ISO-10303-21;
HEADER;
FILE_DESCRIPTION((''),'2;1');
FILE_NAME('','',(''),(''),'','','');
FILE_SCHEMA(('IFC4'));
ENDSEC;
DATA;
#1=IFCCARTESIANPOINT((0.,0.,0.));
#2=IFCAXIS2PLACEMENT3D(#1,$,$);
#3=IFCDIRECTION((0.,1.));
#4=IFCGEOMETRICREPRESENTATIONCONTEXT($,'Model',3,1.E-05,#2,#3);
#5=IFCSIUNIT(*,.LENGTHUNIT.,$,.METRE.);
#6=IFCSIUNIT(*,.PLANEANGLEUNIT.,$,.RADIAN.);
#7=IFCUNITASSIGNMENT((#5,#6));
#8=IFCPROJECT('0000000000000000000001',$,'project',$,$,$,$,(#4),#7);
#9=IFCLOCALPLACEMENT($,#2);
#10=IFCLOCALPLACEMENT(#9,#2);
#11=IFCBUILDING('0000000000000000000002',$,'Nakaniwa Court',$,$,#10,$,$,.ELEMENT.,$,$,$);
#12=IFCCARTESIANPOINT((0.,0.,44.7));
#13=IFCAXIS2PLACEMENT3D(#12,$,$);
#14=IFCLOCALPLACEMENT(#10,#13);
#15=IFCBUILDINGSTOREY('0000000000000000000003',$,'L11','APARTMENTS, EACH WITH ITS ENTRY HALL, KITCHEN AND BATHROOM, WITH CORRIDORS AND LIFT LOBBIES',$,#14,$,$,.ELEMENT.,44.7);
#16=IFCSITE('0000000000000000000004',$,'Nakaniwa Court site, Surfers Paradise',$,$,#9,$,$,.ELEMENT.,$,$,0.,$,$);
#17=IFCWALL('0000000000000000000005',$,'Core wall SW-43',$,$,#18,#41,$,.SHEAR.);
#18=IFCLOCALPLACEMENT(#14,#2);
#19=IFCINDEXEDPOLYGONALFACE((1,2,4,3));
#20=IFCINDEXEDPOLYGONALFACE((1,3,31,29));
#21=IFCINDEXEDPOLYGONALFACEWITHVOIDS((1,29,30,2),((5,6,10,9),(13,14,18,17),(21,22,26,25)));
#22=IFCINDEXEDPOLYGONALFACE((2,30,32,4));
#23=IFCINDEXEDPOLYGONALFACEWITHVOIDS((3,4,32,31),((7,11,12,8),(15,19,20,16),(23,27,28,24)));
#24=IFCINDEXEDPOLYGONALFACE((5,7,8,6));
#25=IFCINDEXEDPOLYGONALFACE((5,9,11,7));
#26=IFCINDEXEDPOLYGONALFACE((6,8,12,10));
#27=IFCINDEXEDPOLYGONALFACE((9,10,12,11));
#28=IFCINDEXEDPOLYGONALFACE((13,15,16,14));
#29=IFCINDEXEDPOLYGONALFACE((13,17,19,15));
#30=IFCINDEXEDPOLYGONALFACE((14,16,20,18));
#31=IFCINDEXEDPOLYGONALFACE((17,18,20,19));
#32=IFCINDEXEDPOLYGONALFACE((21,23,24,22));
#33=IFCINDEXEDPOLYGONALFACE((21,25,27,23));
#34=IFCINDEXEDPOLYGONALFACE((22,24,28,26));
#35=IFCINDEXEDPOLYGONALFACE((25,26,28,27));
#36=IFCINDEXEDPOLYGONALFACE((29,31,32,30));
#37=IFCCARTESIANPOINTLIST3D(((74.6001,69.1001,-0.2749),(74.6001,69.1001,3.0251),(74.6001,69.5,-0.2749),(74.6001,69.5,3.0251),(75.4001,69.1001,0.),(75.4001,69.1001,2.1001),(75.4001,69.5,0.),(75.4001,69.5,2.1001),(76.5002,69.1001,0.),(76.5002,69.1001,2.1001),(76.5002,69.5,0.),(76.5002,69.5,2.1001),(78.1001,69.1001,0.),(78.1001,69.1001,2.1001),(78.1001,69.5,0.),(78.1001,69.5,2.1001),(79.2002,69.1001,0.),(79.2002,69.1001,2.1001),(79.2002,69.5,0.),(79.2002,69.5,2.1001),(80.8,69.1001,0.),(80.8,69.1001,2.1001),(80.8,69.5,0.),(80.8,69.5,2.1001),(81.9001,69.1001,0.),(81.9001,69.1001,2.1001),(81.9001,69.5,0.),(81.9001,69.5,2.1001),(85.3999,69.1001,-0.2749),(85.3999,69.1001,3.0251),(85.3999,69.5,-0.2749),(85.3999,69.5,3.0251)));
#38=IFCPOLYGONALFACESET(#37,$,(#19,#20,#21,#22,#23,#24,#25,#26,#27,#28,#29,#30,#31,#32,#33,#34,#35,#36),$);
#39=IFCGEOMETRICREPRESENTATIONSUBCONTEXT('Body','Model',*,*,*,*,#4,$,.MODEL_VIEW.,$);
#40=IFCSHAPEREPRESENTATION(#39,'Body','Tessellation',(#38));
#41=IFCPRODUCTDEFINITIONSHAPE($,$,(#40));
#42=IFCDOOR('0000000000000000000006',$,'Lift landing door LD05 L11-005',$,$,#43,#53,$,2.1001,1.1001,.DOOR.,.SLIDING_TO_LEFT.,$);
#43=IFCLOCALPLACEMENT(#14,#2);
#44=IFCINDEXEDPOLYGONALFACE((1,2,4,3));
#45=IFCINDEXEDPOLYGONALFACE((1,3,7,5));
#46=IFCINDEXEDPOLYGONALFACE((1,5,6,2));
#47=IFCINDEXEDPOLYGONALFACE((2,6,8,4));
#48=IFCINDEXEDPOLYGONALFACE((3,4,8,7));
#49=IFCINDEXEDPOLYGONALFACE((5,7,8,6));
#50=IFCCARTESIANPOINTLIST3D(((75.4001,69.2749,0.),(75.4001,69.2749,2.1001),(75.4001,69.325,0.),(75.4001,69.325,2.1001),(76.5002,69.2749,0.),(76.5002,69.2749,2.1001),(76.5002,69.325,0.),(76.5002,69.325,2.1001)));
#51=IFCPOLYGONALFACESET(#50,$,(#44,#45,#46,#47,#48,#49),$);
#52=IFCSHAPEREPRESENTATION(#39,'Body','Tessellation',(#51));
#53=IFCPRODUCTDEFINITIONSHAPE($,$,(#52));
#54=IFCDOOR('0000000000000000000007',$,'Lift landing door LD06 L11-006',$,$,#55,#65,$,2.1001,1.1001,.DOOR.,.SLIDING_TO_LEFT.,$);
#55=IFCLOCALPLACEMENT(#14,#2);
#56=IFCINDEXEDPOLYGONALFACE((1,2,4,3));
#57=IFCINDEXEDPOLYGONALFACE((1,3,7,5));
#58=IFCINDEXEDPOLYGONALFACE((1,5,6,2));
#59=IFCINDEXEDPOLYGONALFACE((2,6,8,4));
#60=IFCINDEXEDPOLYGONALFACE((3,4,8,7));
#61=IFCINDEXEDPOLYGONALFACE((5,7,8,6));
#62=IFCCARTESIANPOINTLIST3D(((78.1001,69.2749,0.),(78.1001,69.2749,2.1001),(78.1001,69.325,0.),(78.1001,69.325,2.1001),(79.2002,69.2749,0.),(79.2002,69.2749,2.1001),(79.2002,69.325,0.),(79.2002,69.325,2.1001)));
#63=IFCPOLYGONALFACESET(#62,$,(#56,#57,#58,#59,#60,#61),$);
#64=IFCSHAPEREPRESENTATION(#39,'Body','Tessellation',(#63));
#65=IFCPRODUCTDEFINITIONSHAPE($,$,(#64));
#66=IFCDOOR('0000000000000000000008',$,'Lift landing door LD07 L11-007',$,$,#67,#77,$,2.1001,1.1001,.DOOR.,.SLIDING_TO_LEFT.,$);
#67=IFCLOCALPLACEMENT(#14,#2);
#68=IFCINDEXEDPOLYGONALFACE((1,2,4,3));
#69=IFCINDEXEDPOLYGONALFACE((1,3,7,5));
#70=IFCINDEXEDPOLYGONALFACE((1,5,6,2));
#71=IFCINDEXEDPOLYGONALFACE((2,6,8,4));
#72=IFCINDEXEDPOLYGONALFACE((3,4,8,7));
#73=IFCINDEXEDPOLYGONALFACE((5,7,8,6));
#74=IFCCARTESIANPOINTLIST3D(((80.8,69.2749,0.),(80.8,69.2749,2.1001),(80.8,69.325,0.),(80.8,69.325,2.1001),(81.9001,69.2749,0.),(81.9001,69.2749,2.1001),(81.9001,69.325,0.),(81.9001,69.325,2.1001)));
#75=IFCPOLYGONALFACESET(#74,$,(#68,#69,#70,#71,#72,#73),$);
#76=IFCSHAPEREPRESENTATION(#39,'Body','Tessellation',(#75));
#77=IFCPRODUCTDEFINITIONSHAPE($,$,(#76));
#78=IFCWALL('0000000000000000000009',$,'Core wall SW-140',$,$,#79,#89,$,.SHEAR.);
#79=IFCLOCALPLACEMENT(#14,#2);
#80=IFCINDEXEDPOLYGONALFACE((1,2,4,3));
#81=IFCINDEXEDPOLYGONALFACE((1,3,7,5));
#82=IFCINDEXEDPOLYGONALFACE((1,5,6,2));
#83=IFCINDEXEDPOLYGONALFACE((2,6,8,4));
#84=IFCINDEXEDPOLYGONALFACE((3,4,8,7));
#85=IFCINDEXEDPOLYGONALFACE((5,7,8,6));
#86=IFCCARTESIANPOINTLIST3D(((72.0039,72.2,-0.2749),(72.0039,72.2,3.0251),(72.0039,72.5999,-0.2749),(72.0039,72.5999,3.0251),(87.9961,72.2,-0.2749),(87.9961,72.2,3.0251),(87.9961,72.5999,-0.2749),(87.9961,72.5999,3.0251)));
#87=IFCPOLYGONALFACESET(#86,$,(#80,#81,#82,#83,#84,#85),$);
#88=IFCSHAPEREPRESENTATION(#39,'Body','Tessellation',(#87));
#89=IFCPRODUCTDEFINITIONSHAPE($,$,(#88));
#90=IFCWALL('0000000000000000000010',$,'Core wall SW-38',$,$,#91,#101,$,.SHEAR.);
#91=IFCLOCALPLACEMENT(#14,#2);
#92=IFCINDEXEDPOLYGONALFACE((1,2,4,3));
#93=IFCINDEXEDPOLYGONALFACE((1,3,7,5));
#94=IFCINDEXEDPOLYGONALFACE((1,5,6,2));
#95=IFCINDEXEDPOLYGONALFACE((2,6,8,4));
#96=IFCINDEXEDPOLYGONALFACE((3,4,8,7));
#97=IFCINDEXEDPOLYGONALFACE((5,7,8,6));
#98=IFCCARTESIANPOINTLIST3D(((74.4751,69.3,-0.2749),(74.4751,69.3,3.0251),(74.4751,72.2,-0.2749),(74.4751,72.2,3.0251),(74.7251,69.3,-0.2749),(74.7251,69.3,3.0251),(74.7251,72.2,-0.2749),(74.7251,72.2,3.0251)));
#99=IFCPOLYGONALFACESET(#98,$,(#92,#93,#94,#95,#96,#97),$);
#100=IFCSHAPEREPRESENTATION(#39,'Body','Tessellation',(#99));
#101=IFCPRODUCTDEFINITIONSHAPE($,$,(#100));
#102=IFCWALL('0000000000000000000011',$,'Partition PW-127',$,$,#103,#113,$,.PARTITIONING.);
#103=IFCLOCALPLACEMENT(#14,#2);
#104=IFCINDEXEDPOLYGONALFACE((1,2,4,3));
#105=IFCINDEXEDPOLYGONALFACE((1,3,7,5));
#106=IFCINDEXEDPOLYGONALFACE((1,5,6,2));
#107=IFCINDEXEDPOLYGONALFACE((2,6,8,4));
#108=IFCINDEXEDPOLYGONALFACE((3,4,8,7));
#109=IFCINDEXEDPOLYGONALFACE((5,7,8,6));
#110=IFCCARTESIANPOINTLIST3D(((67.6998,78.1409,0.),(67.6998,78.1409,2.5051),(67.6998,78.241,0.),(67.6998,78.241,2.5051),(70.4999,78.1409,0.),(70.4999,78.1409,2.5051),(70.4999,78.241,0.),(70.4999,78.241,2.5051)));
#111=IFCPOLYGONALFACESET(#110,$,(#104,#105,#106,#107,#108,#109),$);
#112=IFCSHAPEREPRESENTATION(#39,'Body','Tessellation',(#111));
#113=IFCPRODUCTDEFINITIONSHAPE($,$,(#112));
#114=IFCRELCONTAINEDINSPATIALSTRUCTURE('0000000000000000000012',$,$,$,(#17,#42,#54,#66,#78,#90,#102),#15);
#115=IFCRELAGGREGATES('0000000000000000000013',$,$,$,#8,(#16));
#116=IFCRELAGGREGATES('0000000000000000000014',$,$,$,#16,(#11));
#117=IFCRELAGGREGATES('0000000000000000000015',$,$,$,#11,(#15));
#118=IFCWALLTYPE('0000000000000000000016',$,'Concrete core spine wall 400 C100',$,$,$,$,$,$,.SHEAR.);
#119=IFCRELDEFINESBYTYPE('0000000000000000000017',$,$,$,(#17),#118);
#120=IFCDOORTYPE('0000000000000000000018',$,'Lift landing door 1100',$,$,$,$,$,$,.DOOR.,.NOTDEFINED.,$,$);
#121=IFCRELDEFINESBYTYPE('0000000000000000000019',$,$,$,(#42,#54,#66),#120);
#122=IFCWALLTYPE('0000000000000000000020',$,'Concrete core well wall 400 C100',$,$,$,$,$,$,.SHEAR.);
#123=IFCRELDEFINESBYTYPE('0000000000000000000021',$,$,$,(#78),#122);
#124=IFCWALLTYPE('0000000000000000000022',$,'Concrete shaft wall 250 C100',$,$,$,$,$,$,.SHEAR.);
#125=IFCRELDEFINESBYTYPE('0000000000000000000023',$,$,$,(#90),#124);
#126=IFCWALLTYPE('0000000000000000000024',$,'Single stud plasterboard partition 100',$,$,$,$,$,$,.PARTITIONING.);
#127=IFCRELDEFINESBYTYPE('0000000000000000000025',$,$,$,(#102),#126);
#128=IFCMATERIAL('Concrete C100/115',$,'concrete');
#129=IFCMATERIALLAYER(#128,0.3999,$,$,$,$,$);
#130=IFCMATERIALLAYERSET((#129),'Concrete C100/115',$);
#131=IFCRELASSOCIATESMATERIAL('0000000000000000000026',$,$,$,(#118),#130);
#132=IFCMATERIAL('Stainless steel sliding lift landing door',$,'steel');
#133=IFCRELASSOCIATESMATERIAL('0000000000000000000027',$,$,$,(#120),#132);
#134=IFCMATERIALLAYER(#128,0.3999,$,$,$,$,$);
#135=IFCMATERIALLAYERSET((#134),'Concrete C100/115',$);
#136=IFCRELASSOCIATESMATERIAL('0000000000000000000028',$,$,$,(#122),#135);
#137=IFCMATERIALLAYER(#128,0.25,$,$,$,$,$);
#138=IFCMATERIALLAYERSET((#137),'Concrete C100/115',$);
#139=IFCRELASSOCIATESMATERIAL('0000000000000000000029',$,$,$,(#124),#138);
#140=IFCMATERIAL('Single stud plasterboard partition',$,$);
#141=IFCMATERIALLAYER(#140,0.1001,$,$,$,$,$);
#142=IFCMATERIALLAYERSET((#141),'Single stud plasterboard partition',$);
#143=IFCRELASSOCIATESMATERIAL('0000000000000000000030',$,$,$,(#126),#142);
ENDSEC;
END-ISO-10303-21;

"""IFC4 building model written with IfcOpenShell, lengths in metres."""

from ifc_helpers import new_model, si_unit, direction, frame, frame_2d, origin, place, context, subcontext, project, spatial, rectangle, extrude, material, layer, layer_set, type_object, element, fill, save


model = new_model("IFC4")

# Units and contexts
model_context = context("Model", 3, precision=1e-05, world=origin(), true_north=direction((0.0, 1.0)))
body_context = subcontext(model_context, "Body", "Model", "MODEL_VIEW")
ifc_project = project(units=[si_unit("LENGTHUNIT", "METRE"), si_unit("PLANEANGLEUNIT", "RADIAN")], contexts=[model_context])

# Site, building, storey
site_placement = place(None, origin())
site = spatial("IfcSite", under=ifc_project, at=site_placement, Name="Nakaniwa Court site, Surfers Paradise", CompositionType="ELEMENT", RefElevation=0.0)
building_placement = place(site_placement, origin())
building = spatial("IfcBuilding", under=site, at=building_placement, Name="Nakaniwa Court", CompositionType="ELEMENT")
storey_placement = place(building_placement, frame((0.0, 0.0, 44.7)))
storey = spatial("IfcBuildingStorey", under=building, at=storey_placement, Name="L11", Description="APARTMENTS, EACH WITH ITS ENTRY HALL, KITCHEN AND BATHROOM, WITH CORRIDORS AND LIFT LOBBIES", CompositionType="ELEMENT", Elevation=44.7)

# Shared definitions
ifc_material_1 = material(Name="Concrete C100/115", Category="concrete")

# Wall, openings, doors
ifc_layer_1 = layer(ifc_material_1, 0.3999)
ifc_layer_set_1 = layer_set([ifc_layer_1], Name="Concrete C100/115")
wall_type_1 = type_object("IfcWallType", Name="Concrete core spine wall 400 C100", PredefinedType="SHEAR", material=ifc_layer_set_1)
wall_1_placement = place(storey_placement, frame((74.6001, 69.3, -0.2749), z_axis=(0.0, 0.0, 1.0), x_axis=(1.0, 0.0, 0.0)))
wall_1 = element("IfcWall", 1, at=wall_1_placement, inside=storey, type_object=wall_type_1, Name="Core wall SW-43", PredefinedType="SHEAR", context=body_context, shape_type="SweptSolid", body=[
    extrude(rectangle(XDim=10.7998, YDim=0.3999, at=frame_2d((5.3999, 0.0))), origin(), (0.0, 0.0, 1.0), 3.3),
])
opening_1_placement = place(wall_1_placement, frame((0.8, 0.0, 0.2749)))
opening_1 = element("IfcOpeningElement", 2, at=opening_1_placement, cuts=wall_1, PredefinedType="OPENING", context=body_context, shape_type="SweptSolid", body=[
    extrude(rectangle(XDim=1.1001, YDim=2.1001, at=frame_2d((0.55, 1.05))), frame((0.0, 0.21, 0.0), z_axis=(0.0, -1.0, 0.0), x_axis=(1.0, 0.0, 0.0)), (0.0, 0.0, 1.0), 0.4199),
])
opening_2_placement = place(wall_1_placement, frame((3.5, 0.0, 0.2749)))
opening_2 = element("IfcOpeningElement", 3, at=opening_2_placement, cuts=wall_1, PredefinedType="OPENING", context=body_context, shape_type="SweptSolid", body=[
    extrude(rectangle(XDim=1.1001, YDim=2.1001, at=frame_2d((0.55, 1.05))), frame((0.0, 0.21, 0.0), z_axis=(0.0, -1.0, 0.0), x_axis=(1.0, 0.0, 0.0)), (0.0, 0.0, 1.0), 0.4199),
])
opening_3_placement = place(wall_1_placement, frame((6.2, 0.0, 0.2749)))
opening_3 = element("IfcOpeningElement", 4, at=opening_3_placement, cuts=wall_1, PredefinedType="OPENING", context=body_context, shape_type="SweptSolid", body=[
    extrude(rectangle(XDim=1.1001, YDim=2.1001, at=frame_2d((0.55, 1.05))), frame((0.0, 0.21, 0.0), z_axis=(0.0, -1.0, 0.0), x_axis=(1.0, 0.0, 0.0)), (0.0, 0.0, 1.0), 0.4199),
])
ifc_material_2 = material(Name="Stainless steel sliding lift landing door", Category="steel")
door_type_1 = type_object("IfcDoorType", Name="Lift landing door 1100", OperationType="NOTDEFINED", PredefinedType="DOOR", material=ifc_material_2)
door_1_placement = place(opening_1_placement, origin())
door_1 = element("IfcDoor", 5, at=door_1_placement, inside=storey, type_object=door_type_1, Name="Lift landing door LD05 L11-005", OperationType="SLIDING_TO_LEFT", OverallHeight=2.1001, OverallWidth=1.1001, PredefinedType="DOOR", context=body_context, shape_type="SweptSolid", body=[
    extrude(rectangle(XDim=1.1001, YDim=2.1001, at=frame_2d((0.55, 1.05))), frame((0.0, 0.0249, 0.0), z_axis=(0.0, -1.0, 0.0), x_axis=(1.0, 0.0, 0.0)), (0.0, 0.0, 1.0), 0.05),
])
fill(opening_1, door_1)
door_2_placement = place(opening_2_placement, origin())
door_2 = element("IfcDoor", 6, at=door_2_placement, inside=storey, type_object=door_type_1, Name="Lift landing door LD06 L11-006", OperationType="SLIDING_TO_LEFT", OverallHeight=2.1001, OverallWidth=1.1001, PredefinedType="DOOR", context=body_context, shape_type="SweptSolid", body=[
    extrude(rectangle(XDim=1.1001, YDim=2.1001, at=frame_2d((0.55, 1.05))), frame((0.0, 0.0249, 0.0), z_axis=(0.0, -1.0, 0.0), x_axis=(1.0, 0.0, 0.0)), (0.0, 0.0, 1.0), 0.05),
])
fill(opening_2, door_2)
door_3_placement = place(opening_3_placement, origin())
door_3 = element("IfcDoor", 7, at=door_3_placement, inside=storey, type_object=door_type_1, Name="Lift landing door LD07 L11-007", OperationType="SLIDING_TO_LEFT", OverallHeight=2.1001, OverallWidth=1.1001, PredefinedType="DOOR", context=body_context, shape_type="SweptSolid", body=[
    extrude(rectangle(XDim=1.1001, YDim=2.1001, at=frame_2d((0.55, 1.05))), frame((0.0, 0.0249, 0.0), z_axis=(0.0, -1.0, 0.0), x_axis=(1.0, 0.0, 0.0)), (0.0, 0.0, 1.0), 0.05),
])
fill(opening_3, door_3)

# Walls
ifc_layer_2 = layer(ifc_material_1, 0.3999)
ifc_layer_set_2 = layer_set([ifc_layer_2], Name="Concrete C100/115")
wall_type_2 = type_object("IfcWallType", Name="Concrete core well wall 400 C100", PredefinedType="SHEAR", material=ifc_layer_set_2)
wall_2_placement = place(storey_placement, frame((72.0039, 72.3999, -0.2749), z_axis=(0.0, 0.0, 1.0), x_axis=(1.0, 0.0, 0.0)))
element("IfcWall", 8, at=wall_2_placement, inside=storey, type_object=wall_type_2, Name="Core wall SW-140", PredefinedType="SHEAR", context=body_context, shape_type="SweptSolid", body=[
    extrude(rectangle(XDim=15.9922, YDim=0.3999, at=frame_2d((7.9961, 0.0))), origin(), (0.0, 0.0, 1.0), 3.3),
])
ifc_layer_3 = layer(ifc_material_1, 0.25)
ifc_layer_set_3 = layer_set([ifc_layer_3], Name="Concrete C100/115")
wall_type_3 = type_object("IfcWallType", Name="Concrete shaft wall 250 C100", PredefinedType="SHEAR", material=ifc_layer_set_3)
wall_3_placement = place(storey_placement, frame((74.6001, 69.3, -0.2749), z_axis=(0.0, 0.0, 1.0), x_axis=(0.0, 1.0, 0.0)))
element("IfcWall", 9, at=wall_3_placement, inside=storey, type_object=wall_type_3, Name="Core wall SW-38", PredefinedType="SHEAR", context=body_context, shape_type="SweptSolid", body=[
    extrude(rectangle(XDim=2.8999, YDim=0.25, at=frame_2d((1.45, 0.0))), origin(), (0.0, 0.0, 1.0), 3.3),
])
ifc_material_3 = material(Name="Single stud plasterboard partition")
ifc_layer_4 = layer(ifc_material_3, 0.1001)
ifc_layer_set_4 = layer_set([ifc_layer_4], Name="Single stud plasterboard partition")
wall_type_4 = type_object("IfcWallType", Name="Single stud plasterboard partition 100", PredefinedType="PARTITIONING", material=ifc_layer_set_4)
wall_4_placement = place(storey_placement, frame((67.7, 78.1909, 0.0), z_axis=(0.0, 0.0, 1.0), x_axis=(1.0, 0.0, 0.0)))
element("IfcWall", 10, at=wall_4_placement, inside=storey, type_object=wall_type_4, Name="Partition PW-127", PredefinedType="PARTITIONING", context=body_context, shape_type="SweptSolid", body=[
    extrude(rectangle(XDim=2.8, YDim=0.1001, at=frame_2d((1.3999, 0.0))), origin(), (0.0, 0.0, 1.0), 2.5051),
])

save(model, "model.ifc")
